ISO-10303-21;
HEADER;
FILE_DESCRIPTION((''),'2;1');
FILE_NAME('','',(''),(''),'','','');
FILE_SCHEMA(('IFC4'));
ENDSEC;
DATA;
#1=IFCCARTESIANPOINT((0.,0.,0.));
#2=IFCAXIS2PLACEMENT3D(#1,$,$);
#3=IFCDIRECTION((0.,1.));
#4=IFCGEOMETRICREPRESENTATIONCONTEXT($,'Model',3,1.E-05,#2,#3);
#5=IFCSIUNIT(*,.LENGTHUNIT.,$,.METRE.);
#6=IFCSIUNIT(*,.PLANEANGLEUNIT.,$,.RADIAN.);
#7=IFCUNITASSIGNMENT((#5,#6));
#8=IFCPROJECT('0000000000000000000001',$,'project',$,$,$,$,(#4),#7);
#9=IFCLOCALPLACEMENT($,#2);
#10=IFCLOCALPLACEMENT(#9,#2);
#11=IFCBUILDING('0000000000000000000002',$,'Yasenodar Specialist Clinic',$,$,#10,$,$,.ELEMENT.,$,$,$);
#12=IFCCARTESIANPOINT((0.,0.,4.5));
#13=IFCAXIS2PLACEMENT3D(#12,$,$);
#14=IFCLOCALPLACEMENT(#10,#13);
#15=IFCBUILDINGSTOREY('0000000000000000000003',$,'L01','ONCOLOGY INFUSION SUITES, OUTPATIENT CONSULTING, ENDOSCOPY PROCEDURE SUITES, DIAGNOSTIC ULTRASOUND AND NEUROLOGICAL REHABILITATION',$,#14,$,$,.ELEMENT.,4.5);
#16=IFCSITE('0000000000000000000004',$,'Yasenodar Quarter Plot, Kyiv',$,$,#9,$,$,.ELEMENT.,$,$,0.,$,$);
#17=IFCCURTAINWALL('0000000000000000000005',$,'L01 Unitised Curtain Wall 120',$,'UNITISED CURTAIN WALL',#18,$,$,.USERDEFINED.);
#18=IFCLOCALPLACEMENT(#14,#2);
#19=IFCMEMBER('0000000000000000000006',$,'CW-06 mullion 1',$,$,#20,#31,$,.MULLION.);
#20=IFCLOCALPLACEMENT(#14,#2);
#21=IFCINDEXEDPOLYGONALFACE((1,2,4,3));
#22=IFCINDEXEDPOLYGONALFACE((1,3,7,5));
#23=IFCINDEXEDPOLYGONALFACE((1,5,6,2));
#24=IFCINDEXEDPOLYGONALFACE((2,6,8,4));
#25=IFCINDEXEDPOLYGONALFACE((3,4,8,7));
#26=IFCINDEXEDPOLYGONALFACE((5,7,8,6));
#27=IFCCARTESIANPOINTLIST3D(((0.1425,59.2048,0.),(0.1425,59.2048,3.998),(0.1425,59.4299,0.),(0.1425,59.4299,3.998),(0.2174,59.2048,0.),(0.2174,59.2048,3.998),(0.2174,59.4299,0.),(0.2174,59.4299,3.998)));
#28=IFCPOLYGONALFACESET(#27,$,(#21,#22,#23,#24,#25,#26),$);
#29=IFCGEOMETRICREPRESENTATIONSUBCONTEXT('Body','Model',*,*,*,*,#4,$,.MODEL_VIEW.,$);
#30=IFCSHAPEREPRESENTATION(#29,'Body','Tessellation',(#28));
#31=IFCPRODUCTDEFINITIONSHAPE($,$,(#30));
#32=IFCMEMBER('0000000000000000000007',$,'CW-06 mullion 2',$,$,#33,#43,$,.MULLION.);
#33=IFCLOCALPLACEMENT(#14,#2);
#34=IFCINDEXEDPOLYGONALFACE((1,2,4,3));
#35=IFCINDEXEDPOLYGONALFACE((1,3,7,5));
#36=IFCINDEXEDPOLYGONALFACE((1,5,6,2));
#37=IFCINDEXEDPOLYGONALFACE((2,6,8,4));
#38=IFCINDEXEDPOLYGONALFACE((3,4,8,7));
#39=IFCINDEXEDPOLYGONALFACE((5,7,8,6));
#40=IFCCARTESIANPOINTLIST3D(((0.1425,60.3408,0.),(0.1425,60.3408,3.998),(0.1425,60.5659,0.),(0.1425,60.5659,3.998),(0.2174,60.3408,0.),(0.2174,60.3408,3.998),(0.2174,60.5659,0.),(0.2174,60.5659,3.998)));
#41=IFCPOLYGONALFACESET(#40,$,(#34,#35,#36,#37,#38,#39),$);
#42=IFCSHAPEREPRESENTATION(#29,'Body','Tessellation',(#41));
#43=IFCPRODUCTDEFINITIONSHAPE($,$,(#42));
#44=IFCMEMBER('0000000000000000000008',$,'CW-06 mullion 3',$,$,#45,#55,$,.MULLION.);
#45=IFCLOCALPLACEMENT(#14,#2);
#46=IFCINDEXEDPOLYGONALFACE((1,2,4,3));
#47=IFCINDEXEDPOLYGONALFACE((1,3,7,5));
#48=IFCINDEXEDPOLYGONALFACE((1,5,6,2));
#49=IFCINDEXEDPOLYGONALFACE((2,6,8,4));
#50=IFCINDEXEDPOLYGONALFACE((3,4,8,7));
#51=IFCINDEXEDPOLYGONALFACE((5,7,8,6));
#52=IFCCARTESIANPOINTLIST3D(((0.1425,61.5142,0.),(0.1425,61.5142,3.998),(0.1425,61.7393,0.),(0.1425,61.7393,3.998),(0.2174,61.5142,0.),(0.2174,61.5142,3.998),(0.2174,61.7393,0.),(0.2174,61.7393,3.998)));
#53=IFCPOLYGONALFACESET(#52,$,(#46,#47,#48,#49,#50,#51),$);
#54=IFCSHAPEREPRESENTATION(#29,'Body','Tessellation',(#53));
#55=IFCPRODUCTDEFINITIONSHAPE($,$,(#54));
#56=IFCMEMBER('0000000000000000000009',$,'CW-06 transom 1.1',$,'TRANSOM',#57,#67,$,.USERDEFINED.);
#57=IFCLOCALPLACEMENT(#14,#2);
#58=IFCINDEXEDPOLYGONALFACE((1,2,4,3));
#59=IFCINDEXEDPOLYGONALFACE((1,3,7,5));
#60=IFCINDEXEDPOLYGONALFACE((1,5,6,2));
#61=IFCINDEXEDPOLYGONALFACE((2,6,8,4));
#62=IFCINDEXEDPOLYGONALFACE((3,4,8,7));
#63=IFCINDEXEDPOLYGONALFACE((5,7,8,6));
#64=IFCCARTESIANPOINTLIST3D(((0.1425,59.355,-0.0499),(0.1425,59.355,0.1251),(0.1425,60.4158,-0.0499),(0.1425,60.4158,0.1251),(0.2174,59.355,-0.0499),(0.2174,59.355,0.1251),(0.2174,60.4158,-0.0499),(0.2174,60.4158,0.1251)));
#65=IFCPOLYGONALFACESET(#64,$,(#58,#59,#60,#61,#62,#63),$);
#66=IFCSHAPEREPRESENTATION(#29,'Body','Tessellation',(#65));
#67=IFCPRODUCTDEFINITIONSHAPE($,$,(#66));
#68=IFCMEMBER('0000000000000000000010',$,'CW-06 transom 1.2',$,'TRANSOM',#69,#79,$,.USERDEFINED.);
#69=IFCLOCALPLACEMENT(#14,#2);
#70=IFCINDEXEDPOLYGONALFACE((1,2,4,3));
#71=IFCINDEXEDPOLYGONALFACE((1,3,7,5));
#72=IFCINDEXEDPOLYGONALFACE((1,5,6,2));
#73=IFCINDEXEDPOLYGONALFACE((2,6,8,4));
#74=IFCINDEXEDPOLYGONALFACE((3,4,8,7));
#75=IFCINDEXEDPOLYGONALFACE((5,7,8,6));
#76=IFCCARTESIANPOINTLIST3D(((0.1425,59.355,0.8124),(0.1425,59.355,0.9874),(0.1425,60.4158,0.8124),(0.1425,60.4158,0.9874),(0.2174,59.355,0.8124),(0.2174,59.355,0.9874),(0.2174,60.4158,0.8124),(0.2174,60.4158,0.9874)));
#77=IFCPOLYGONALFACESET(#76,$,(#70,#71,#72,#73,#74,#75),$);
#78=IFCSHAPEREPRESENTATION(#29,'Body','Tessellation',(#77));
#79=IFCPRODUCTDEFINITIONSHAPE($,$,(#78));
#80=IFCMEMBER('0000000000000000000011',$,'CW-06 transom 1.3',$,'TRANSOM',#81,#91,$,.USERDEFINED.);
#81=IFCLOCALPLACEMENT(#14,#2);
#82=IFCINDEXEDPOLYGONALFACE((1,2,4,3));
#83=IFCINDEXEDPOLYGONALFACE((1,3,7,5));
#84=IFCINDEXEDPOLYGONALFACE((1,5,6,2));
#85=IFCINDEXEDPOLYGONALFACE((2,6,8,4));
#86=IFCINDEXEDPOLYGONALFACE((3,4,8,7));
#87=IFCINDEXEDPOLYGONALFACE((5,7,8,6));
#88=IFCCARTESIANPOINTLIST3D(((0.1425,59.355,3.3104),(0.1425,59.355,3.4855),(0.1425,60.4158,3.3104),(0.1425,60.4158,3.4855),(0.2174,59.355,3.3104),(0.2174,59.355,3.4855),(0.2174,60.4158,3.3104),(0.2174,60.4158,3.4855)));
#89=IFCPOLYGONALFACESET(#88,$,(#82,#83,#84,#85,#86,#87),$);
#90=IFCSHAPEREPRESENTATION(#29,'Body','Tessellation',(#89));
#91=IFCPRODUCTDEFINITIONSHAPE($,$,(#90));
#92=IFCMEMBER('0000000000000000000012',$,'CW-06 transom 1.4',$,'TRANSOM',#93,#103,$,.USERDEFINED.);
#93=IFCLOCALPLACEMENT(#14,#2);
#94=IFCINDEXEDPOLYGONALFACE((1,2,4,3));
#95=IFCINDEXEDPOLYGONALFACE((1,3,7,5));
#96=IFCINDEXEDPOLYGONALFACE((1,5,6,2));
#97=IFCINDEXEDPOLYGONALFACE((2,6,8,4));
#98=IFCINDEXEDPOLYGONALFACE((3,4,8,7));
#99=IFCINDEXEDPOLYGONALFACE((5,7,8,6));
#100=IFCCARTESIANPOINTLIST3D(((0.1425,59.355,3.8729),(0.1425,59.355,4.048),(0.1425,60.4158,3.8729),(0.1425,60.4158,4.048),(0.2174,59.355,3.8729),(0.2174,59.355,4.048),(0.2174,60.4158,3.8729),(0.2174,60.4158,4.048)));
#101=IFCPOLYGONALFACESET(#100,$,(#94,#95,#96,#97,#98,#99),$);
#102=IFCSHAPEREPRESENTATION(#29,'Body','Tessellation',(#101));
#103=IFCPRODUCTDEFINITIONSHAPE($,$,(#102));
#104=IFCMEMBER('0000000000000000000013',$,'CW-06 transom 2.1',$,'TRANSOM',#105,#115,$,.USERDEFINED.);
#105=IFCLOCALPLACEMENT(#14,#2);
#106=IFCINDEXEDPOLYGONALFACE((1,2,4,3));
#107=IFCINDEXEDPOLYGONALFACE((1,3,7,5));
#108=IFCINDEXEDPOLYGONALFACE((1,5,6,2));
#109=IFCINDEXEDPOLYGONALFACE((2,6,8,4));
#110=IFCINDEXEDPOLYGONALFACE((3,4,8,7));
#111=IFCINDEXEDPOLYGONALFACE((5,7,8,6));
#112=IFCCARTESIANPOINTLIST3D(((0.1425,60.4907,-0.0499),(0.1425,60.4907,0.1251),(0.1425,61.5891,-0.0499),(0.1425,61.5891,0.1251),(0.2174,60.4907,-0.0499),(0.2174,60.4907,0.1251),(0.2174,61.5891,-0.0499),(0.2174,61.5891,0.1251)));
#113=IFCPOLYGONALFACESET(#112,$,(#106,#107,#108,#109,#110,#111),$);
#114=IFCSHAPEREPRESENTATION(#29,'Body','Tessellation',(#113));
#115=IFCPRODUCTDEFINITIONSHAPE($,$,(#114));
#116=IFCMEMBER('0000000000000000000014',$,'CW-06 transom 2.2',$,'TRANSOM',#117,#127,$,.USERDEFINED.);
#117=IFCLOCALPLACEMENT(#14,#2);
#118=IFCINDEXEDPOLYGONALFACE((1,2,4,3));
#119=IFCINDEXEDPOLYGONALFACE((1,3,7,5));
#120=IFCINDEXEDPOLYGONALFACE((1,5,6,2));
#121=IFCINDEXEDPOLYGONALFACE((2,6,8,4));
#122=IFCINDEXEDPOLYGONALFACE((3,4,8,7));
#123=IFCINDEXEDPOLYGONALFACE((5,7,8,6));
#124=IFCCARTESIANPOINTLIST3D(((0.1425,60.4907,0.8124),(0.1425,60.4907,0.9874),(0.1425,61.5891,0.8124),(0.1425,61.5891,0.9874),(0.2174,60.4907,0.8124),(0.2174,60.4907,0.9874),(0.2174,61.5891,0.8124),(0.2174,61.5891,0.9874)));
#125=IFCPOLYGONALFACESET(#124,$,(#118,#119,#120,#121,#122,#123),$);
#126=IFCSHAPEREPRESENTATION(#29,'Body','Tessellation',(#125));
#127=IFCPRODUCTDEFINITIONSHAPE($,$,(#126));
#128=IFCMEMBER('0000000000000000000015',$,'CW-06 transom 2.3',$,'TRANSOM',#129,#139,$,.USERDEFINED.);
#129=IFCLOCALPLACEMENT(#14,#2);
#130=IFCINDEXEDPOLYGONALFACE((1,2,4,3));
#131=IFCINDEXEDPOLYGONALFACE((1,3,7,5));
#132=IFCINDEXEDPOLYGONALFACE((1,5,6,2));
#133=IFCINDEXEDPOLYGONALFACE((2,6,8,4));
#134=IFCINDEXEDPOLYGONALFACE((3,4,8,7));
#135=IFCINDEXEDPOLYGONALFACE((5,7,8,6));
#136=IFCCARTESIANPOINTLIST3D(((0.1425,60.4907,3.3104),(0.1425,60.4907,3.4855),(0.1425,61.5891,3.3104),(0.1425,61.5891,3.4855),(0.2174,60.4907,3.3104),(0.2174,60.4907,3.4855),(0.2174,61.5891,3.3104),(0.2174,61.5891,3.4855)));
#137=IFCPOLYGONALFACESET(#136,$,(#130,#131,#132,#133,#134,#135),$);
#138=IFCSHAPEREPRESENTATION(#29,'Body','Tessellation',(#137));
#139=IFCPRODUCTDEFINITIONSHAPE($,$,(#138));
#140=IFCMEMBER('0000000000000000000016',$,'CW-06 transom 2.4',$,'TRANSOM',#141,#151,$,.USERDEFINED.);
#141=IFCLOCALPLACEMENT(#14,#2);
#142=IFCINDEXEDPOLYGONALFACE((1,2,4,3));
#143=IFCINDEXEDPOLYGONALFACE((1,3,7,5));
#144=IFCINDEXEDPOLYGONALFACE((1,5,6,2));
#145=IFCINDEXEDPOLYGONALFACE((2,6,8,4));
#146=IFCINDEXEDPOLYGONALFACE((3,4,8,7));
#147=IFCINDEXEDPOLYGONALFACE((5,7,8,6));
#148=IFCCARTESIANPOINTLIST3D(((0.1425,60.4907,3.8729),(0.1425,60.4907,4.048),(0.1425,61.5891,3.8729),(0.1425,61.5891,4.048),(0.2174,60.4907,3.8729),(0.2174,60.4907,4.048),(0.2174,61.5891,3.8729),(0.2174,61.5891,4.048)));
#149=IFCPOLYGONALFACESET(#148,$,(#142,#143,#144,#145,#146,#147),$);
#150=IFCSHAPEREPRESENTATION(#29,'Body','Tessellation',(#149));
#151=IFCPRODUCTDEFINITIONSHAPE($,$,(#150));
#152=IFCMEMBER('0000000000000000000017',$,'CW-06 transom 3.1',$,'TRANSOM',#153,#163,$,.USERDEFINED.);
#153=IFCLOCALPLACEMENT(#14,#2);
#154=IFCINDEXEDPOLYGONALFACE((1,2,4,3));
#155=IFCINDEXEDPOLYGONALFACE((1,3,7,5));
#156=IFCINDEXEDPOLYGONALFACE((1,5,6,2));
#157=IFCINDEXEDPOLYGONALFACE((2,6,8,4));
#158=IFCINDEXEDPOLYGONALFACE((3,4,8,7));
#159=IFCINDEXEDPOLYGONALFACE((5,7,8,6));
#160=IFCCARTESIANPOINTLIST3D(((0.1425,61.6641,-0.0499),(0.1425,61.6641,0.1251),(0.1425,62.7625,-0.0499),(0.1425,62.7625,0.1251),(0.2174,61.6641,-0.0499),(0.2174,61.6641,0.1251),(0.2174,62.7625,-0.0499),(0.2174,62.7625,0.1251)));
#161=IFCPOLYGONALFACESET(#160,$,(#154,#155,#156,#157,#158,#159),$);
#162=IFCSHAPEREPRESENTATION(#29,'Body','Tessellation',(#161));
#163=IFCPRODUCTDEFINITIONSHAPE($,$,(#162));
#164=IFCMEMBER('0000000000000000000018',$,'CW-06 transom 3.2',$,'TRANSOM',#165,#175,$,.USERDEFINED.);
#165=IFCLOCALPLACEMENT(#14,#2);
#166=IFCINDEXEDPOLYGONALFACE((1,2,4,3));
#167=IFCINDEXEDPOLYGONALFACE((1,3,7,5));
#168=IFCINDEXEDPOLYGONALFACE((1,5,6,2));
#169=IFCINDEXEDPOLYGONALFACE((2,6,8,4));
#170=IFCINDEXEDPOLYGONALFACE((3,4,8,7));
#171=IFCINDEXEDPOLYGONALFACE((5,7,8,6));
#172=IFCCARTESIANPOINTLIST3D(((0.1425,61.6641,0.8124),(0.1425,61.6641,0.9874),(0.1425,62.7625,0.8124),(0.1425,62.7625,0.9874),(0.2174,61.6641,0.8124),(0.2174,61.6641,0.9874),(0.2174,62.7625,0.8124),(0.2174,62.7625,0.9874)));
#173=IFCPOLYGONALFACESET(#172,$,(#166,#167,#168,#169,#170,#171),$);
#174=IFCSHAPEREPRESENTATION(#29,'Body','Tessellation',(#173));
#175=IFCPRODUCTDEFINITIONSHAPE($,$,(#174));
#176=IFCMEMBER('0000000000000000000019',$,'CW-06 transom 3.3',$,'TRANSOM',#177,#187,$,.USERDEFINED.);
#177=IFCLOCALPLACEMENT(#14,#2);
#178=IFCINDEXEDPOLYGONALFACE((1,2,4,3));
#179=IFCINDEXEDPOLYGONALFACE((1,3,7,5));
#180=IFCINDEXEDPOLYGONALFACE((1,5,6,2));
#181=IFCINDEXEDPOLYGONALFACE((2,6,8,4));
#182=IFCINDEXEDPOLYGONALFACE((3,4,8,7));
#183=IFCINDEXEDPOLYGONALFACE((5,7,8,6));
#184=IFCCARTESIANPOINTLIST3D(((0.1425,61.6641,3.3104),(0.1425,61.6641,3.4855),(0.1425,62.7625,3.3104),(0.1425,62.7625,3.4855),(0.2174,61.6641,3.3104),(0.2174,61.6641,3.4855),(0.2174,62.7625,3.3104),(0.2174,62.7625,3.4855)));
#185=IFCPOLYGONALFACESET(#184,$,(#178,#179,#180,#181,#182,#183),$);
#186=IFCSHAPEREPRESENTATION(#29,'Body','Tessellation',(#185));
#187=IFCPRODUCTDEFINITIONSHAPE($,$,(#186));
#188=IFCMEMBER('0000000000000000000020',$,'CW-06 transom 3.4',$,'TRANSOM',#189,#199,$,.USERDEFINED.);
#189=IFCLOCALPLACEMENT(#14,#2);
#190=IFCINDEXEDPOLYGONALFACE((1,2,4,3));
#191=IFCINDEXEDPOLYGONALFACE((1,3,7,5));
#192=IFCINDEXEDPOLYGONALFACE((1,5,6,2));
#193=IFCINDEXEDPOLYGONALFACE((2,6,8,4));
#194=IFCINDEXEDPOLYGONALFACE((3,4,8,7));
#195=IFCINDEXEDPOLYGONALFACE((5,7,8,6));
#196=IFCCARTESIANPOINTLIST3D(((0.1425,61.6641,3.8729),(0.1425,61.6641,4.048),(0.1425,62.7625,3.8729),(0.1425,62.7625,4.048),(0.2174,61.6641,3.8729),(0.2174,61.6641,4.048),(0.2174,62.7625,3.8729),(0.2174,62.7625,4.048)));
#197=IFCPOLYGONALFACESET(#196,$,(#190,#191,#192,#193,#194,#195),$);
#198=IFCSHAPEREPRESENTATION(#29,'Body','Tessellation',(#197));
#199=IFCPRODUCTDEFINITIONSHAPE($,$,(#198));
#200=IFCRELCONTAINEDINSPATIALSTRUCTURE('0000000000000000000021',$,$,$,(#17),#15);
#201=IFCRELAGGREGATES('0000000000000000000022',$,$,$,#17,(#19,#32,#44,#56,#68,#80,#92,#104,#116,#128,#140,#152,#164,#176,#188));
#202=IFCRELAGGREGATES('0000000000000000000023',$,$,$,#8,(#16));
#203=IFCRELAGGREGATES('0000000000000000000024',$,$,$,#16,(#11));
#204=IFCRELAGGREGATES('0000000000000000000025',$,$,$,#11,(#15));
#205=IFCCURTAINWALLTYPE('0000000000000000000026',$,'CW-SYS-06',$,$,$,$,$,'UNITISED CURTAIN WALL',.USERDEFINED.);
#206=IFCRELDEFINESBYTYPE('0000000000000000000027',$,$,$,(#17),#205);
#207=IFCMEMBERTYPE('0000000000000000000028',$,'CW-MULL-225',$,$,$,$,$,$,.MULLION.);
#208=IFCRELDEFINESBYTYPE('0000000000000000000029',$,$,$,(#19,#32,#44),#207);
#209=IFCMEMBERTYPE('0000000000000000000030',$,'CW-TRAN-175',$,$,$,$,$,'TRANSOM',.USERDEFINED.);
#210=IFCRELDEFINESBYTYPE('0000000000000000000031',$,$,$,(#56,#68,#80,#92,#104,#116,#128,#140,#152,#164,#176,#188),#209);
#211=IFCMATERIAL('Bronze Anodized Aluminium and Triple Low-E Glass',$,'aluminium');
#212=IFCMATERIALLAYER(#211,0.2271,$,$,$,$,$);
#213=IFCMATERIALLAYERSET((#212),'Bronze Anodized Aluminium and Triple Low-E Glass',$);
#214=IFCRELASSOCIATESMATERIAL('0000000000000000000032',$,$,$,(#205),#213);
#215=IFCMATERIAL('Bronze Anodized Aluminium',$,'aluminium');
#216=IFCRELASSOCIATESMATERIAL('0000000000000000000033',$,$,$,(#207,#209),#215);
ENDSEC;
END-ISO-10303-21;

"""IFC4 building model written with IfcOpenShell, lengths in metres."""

from ifc_helpers import new_model, si_unit, direction, frame, origin, origin_2d, place, context, subcontext, project, spatial, rectangle, extrude, material, layer, layer_set, material_profile, profile_set, type_object, element, aggregate, save


model = new_model("IFC4")

# Units and contexts
model_context = context("Model", 3, precision=1e-05, world=origin(), true_north=direction((0.0, 1.0)))
body_context = subcontext(model_context, "Body", "Model", "MODEL_VIEW")
ifc_project = project(units=[si_unit("LENGTHUNIT", "METRE"), si_unit("PLANEANGLEUNIT", "RADIAN")], contexts=[model_context])

# Site, building, storey
site_placement = place(None, origin())
site = spatial("IfcSite", under=ifc_project, at=site_placement, Name="Yasenodar Quarter Plot, Kyiv", CompositionType="ELEMENT", RefElevation=0.0)
building_placement = place(site_placement, origin())
building = spatial("IfcBuilding", under=site, at=building_placement, Name="Yasenodar Specialist Clinic", CompositionType="ELEMENT")
storey_placement = place(building_placement, frame((0.0, 0.0, 4.5)))
storey = spatial("IfcBuildingStorey", under=building, at=storey_placement, Name="L01", Description="ONCOLOGY INFUSION SUITES, OUTPATIENT CONSULTING, ENDOSCOPY PROCEDURE SUITES, DIAGNOSTIC ULTRASOUND AND NEUROLOGICAL REHABILITATION", CompositionType="ELEMENT", Elevation=4.5)

# Curtain wall, members
ifc_material_1 = material(Name="Bronze Anodized Aluminium and Triple Low-E Glass", Category="aluminium")
ifc_layer_1 = layer(ifc_material_1, 0.2271)
ifc_layer_set_1 = layer_set([ifc_layer_1], Name="Bronze Anodized Aluminium and Triple Low-E Glass")
curtain_wall_type = type_object("IfcCurtainWallType", Name="CW-SYS-06", ElementType="UNITISED CURTAIN WALL", PredefinedType="USERDEFINED", material=ifc_layer_set_1)
curtain_wall_placement = place(storey_placement, origin())
curtain_wall = element("IfcCurtainWall", 1, at=curtain_wall_placement, inside=storey, type_object=curtain_wall_type, Name="L01 Unitised Curtain Wall 120", ObjectType="UNITISED CURTAIN WALL", PredefinedType="USERDEFINED")
ifc_material_2 = material(Name="Bronze Anodized Aluminium", Category="aluminium")
ifc_material_profile_1 = material_profile(ifc_material_2, rectangle(XDim=0.075, YDim=0.2251, at=origin_2d()), Name="CW-MULL 75x225")
ifc_profile_set_1 = profile_set([ifc_material_profile_1], Name="Bronze Anodized Aluminium")
member_type_1 = type_object("IfcMemberType", Name="CW-MULL-225", PredefinedType="MULLION", material=ifc_profile_set_1)
member_1_placement = place(storey_placement, frame((0.1799, 59.3174, 0.0), z_axis=(0.0, 0.0, 1.0), x_axis=(-1.0, 0.0, 0.0)))
member_1 = element("IfcMember", 2, at=member_1_placement, type_object=member_type_1, Name="CW-06 mullion 1", PredefinedType="MULLION", context=body_context, shape_type="SweptSolid", body=[
    extrude(rectangle(XDim=0.075, YDim=0.2251, at=origin_2d()), origin(), (0.0, 0.0, 1.0), 3.998),
])
member_2_placement = place(storey_placement, frame((0.1799, 60.4534, 0.0), z_axis=(0.0, 0.0, 1.0), x_axis=(-1.0, 0.0, 0.0)))
member_2 = element("IfcMember", 3, at=member_2_placement, type_object=member_type_1, Name="CW-06 mullion 2", PredefinedType="MULLION", context=body_context, shape_type="SweptSolid", body=[
    extrude(rectangle(XDim=0.075, YDim=0.2251, at=origin_2d()), origin(), (0.0, 0.0, 1.0), 3.998),
])
member_3_placement = place(storey_placement, frame((0.1799, 61.6267, 0.0), z_axis=(0.0, 0.0, 1.0), x_axis=(-1.0, 0.0, 0.0)))
member_3 = element("IfcMember", 4, at=member_3_placement, type_object=member_type_1, Name="CW-06 mullion 3", PredefinedType="MULLION", context=body_context, shape_type="SweptSolid", body=[
    extrude(rectangle(XDim=0.075, YDim=0.2251, at=origin_2d()), origin(), (0.0, 0.0, 1.0), 3.998),
])
ifc_material_profile_2 = material_profile(ifc_material_2, rectangle(XDim=0.075, YDim=0.175, at=origin_2d()), Name="CW-TRAN 75x175")
ifc_profile_set_2 = profile_set([ifc_material_profile_2], Name="Bronze Anodized Aluminium")
member_type_2 = type_object("IfcMemberType", Name="CW-TRAN-175", ElementType="TRANSOM", PredefinedType="USERDEFINED", material=ifc_profile_set_2)
member_4_placement = place(storey_placement, frame((0.1799, 59.355, 0.0376), z_axis=(0.0, 1.0, 0.0), x_axis=(-1.0, 0.0, 0.0)))
member_4 = element("IfcMember", 5, at=member_4_placement, type_object=member_type_2, Name="CW-06 transom 1.1", ObjectType="TRANSOM", PredefinedType="USERDEFINED", context=body_context, shape_type="SweptSolid", body=[
    extrude(rectangle(XDim=0.075, YDim=0.175, at=origin_2d()), origin(), (0.0, 0.0, 1.0), 1.0608),
])
member_5_placement = place(storey_placement, frame((0.1799, 59.355, 0.8999), z_axis=(0.0, 1.0, 0.0), x_axis=(-1.0, 0.0, 0.0)))
member_5 = element("IfcMember", 6, at=member_5_placement, type_object=member_type_2, Name="CW-06 transom 1.2", ObjectType="TRANSOM", PredefinedType="USERDEFINED", context=body_context, shape_type="SweptSolid", body=[
    extrude(rectangle(XDim=0.075, YDim=0.175, at=origin_2d()), origin(), (0.0, 0.0, 1.0), 1.0608),
])
member_6_placement = place(storey_placement, frame((0.1799, 59.355, 3.3979), z_axis=(0.0, 1.0, 0.0), x_axis=(-1.0, 0.0, 0.0)))
member_6 = element("IfcMember", 7, at=member_6_placement, type_object=member_type_2, Name="CW-06 transom 1.3", ObjectType="TRANSOM", PredefinedType="USERDEFINED", context=body_context, shape_type="SweptSolid", body=[
    extrude(rectangle(XDim=0.075, YDim=0.175, at=origin_2d()), origin(), (0.0, 0.0, 1.0), 1.0608),
])
member_7_placement = place(storey_placement, frame((0.1799, 59.355, 3.9604), z_axis=(0.0, 1.0, 0.0), x_axis=(-1.0, 0.0, 0.0)))
member_7 = element("IfcMember", 8, at=member_7_placement, type_object=member_type_2, Name="CW-06 transom 1.4", ObjectType="TRANSOM", PredefinedType="USERDEFINED", context=body_context, shape_type="SweptSolid", body=[
    extrude(rectangle(XDim=0.075, YDim=0.175, at=origin_2d()), origin(), (0.0, 0.0, 1.0), 1.0608),
])
member_8_placement = place(storey_placement, frame((0.1799, 60.4907, 0.0376), z_axis=(0.0, 1.0, 0.0), x_axis=(-1.0, 0.0, 0.0)))
member_8 = element("IfcMember", 9, at=member_8_placement, type_object=member_type_2, Name="CW-06 transom 2.1", ObjectType="TRANSOM", PredefinedType="USERDEFINED", context=body_context, shape_type="SweptSolid", body=[
    extrude(rectangle(XDim=0.075, YDim=0.175, at=origin_2d()), origin(), (0.0, 0.0, 1.0), 1.0984),
])
member_9_placement = place(storey_placement, frame((0.1799, 60.4907, 0.8999), z_axis=(0.0, 1.0, 0.0), x_axis=(-1.0, 0.0, 0.0)))
member_9 = element("IfcMember", 10, at=member_9_placement, type_object=member_type_2, Name="CW-06 transom 2.2", ObjectType="TRANSOM", PredefinedType="USERDEFINED", context=body_context, shape_type="SweptSolid", body=[
    extrude(rectangle(XDim=0.075, YDim=0.175, at=origin_2d()), origin(), (0.0, 0.0, 1.0), 1.0984),
])
member_10_placement = place(storey_placement, frame((0.1799, 60.4907, 3.3979), z_axis=(0.0, 1.0, 0.0), x_axis=(-1.0, 0.0, 0.0)))
member_10 = element("IfcMember", 11, at=member_10_placement, type_object=member_type_2, Name="CW-06 transom 2.3", ObjectType="TRANSOM", PredefinedType="USERDEFINED", context=body_context, shape_type="SweptSolid", body=[
    extrude(rectangle(XDim=0.075, YDim=0.175, at=origin_2d()), origin(), (0.0, 0.0, 1.0), 1.0984),
])
member_11_placement = place(storey_placement, frame((0.1799, 60.4907, 3.9604), z_axis=(0.0, 1.0, 0.0), x_axis=(-1.0, 0.0, 0.0)))
member_11 = element("IfcMember", 12, at=member_11_placement, type_object=member_type_2, Name="CW-06 transom 2.4", ObjectType="TRANSOM", PredefinedType="USERDEFINED", context=body_context, shape_type="SweptSolid", body=[
    extrude(rectangle(XDim=0.075, YDim=0.175, at=origin_2d()), origin(), (0.0, 0.0, 1.0), 1.0984),
])
member_12_placement = place(storey_placement, frame((0.1799, 61.6641, 0.0376), z_axis=(0.0, 1.0, 0.0), x_axis=(-1.0, 0.0, 0.0)))
member_12 = element("IfcMember", 13, at=member_12_placement, type_object=member_type_2, Name="CW-06 transom 3.1", ObjectType="TRANSOM", PredefinedType="USERDEFINED", context=body_context, shape_type="SweptSolid", body=[
    extrude(rectangle(XDim=0.075, YDim=0.175, at=origin_2d()), origin(), (0.0, 0.0, 1.0), 1.0984),
])
member_13_placement = place(storey_placement, frame((0.1799, 61.6641, 0.8999), z_axis=(0.0, 1.0, 0.0), x_axis=(-1.0, 0.0, 0.0)))
member_13 = element("IfcMember", 14, at=member_13_placement, type_object=member_type_2, Name="CW-06 transom 3.2", ObjectType="TRANSOM", PredefinedType="USERDEFINED", context=body_context, shape_type="SweptSolid", body=[
    extrude(rectangle(XDim=0.075, YDim=0.175, at=origin_2d()), origin(), (0.0, 0.0, 1.0), 1.0984),
])
member_14_placement = place(storey_placement, frame((0.1799, 61.6641, 3.3979), z_axis=(0.0, 1.0, 0.0), x_axis=(-1.0, 0.0, 0.0)))
member_14 = element("IfcMember", 15, at=member_14_placement, type_object=member_type_2, Name="CW-06 transom 3.3", ObjectType="TRANSOM", PredefinedType="USERDEFINED", context=body_context, shape_type="SweptSolid", body=[
    extrude(rectangle(XDim=0.075, YDim=0.175, at=origin_2d()), origin(), (0.0, 0.0, 1.0), 1.0984),
])
member_15_placement = place(storey_placement, frame((0.1799, 61.6641, 3.9604), z_axis=(0.0, 1.0, 0.0), x_axis=(-1.0, 0.0, 0.0)))
member_15 = element("IfcMember", 16, at=member_15_placement, type_object=member_type_2, Name="CW-06 transom 3.4", ObjectType="TRANSOM", PredefinedType="USERDEFINED", context=body_context, shape_type="SweptSolid", body=[
    extrude(rectangle(XDim=0.075, YDim=0.175, at=origin_2d()), origin(), (0.0, 0.0, 1.0), 1.0984),
])
aggregate(curtain_wall, [member_1, member_2, member_3, member_4, member_5, member_6, member_7, member_8, member_9, member_10, member_11, member_12, member_13, member_14, member_15])

save(model, "model.ifc")
